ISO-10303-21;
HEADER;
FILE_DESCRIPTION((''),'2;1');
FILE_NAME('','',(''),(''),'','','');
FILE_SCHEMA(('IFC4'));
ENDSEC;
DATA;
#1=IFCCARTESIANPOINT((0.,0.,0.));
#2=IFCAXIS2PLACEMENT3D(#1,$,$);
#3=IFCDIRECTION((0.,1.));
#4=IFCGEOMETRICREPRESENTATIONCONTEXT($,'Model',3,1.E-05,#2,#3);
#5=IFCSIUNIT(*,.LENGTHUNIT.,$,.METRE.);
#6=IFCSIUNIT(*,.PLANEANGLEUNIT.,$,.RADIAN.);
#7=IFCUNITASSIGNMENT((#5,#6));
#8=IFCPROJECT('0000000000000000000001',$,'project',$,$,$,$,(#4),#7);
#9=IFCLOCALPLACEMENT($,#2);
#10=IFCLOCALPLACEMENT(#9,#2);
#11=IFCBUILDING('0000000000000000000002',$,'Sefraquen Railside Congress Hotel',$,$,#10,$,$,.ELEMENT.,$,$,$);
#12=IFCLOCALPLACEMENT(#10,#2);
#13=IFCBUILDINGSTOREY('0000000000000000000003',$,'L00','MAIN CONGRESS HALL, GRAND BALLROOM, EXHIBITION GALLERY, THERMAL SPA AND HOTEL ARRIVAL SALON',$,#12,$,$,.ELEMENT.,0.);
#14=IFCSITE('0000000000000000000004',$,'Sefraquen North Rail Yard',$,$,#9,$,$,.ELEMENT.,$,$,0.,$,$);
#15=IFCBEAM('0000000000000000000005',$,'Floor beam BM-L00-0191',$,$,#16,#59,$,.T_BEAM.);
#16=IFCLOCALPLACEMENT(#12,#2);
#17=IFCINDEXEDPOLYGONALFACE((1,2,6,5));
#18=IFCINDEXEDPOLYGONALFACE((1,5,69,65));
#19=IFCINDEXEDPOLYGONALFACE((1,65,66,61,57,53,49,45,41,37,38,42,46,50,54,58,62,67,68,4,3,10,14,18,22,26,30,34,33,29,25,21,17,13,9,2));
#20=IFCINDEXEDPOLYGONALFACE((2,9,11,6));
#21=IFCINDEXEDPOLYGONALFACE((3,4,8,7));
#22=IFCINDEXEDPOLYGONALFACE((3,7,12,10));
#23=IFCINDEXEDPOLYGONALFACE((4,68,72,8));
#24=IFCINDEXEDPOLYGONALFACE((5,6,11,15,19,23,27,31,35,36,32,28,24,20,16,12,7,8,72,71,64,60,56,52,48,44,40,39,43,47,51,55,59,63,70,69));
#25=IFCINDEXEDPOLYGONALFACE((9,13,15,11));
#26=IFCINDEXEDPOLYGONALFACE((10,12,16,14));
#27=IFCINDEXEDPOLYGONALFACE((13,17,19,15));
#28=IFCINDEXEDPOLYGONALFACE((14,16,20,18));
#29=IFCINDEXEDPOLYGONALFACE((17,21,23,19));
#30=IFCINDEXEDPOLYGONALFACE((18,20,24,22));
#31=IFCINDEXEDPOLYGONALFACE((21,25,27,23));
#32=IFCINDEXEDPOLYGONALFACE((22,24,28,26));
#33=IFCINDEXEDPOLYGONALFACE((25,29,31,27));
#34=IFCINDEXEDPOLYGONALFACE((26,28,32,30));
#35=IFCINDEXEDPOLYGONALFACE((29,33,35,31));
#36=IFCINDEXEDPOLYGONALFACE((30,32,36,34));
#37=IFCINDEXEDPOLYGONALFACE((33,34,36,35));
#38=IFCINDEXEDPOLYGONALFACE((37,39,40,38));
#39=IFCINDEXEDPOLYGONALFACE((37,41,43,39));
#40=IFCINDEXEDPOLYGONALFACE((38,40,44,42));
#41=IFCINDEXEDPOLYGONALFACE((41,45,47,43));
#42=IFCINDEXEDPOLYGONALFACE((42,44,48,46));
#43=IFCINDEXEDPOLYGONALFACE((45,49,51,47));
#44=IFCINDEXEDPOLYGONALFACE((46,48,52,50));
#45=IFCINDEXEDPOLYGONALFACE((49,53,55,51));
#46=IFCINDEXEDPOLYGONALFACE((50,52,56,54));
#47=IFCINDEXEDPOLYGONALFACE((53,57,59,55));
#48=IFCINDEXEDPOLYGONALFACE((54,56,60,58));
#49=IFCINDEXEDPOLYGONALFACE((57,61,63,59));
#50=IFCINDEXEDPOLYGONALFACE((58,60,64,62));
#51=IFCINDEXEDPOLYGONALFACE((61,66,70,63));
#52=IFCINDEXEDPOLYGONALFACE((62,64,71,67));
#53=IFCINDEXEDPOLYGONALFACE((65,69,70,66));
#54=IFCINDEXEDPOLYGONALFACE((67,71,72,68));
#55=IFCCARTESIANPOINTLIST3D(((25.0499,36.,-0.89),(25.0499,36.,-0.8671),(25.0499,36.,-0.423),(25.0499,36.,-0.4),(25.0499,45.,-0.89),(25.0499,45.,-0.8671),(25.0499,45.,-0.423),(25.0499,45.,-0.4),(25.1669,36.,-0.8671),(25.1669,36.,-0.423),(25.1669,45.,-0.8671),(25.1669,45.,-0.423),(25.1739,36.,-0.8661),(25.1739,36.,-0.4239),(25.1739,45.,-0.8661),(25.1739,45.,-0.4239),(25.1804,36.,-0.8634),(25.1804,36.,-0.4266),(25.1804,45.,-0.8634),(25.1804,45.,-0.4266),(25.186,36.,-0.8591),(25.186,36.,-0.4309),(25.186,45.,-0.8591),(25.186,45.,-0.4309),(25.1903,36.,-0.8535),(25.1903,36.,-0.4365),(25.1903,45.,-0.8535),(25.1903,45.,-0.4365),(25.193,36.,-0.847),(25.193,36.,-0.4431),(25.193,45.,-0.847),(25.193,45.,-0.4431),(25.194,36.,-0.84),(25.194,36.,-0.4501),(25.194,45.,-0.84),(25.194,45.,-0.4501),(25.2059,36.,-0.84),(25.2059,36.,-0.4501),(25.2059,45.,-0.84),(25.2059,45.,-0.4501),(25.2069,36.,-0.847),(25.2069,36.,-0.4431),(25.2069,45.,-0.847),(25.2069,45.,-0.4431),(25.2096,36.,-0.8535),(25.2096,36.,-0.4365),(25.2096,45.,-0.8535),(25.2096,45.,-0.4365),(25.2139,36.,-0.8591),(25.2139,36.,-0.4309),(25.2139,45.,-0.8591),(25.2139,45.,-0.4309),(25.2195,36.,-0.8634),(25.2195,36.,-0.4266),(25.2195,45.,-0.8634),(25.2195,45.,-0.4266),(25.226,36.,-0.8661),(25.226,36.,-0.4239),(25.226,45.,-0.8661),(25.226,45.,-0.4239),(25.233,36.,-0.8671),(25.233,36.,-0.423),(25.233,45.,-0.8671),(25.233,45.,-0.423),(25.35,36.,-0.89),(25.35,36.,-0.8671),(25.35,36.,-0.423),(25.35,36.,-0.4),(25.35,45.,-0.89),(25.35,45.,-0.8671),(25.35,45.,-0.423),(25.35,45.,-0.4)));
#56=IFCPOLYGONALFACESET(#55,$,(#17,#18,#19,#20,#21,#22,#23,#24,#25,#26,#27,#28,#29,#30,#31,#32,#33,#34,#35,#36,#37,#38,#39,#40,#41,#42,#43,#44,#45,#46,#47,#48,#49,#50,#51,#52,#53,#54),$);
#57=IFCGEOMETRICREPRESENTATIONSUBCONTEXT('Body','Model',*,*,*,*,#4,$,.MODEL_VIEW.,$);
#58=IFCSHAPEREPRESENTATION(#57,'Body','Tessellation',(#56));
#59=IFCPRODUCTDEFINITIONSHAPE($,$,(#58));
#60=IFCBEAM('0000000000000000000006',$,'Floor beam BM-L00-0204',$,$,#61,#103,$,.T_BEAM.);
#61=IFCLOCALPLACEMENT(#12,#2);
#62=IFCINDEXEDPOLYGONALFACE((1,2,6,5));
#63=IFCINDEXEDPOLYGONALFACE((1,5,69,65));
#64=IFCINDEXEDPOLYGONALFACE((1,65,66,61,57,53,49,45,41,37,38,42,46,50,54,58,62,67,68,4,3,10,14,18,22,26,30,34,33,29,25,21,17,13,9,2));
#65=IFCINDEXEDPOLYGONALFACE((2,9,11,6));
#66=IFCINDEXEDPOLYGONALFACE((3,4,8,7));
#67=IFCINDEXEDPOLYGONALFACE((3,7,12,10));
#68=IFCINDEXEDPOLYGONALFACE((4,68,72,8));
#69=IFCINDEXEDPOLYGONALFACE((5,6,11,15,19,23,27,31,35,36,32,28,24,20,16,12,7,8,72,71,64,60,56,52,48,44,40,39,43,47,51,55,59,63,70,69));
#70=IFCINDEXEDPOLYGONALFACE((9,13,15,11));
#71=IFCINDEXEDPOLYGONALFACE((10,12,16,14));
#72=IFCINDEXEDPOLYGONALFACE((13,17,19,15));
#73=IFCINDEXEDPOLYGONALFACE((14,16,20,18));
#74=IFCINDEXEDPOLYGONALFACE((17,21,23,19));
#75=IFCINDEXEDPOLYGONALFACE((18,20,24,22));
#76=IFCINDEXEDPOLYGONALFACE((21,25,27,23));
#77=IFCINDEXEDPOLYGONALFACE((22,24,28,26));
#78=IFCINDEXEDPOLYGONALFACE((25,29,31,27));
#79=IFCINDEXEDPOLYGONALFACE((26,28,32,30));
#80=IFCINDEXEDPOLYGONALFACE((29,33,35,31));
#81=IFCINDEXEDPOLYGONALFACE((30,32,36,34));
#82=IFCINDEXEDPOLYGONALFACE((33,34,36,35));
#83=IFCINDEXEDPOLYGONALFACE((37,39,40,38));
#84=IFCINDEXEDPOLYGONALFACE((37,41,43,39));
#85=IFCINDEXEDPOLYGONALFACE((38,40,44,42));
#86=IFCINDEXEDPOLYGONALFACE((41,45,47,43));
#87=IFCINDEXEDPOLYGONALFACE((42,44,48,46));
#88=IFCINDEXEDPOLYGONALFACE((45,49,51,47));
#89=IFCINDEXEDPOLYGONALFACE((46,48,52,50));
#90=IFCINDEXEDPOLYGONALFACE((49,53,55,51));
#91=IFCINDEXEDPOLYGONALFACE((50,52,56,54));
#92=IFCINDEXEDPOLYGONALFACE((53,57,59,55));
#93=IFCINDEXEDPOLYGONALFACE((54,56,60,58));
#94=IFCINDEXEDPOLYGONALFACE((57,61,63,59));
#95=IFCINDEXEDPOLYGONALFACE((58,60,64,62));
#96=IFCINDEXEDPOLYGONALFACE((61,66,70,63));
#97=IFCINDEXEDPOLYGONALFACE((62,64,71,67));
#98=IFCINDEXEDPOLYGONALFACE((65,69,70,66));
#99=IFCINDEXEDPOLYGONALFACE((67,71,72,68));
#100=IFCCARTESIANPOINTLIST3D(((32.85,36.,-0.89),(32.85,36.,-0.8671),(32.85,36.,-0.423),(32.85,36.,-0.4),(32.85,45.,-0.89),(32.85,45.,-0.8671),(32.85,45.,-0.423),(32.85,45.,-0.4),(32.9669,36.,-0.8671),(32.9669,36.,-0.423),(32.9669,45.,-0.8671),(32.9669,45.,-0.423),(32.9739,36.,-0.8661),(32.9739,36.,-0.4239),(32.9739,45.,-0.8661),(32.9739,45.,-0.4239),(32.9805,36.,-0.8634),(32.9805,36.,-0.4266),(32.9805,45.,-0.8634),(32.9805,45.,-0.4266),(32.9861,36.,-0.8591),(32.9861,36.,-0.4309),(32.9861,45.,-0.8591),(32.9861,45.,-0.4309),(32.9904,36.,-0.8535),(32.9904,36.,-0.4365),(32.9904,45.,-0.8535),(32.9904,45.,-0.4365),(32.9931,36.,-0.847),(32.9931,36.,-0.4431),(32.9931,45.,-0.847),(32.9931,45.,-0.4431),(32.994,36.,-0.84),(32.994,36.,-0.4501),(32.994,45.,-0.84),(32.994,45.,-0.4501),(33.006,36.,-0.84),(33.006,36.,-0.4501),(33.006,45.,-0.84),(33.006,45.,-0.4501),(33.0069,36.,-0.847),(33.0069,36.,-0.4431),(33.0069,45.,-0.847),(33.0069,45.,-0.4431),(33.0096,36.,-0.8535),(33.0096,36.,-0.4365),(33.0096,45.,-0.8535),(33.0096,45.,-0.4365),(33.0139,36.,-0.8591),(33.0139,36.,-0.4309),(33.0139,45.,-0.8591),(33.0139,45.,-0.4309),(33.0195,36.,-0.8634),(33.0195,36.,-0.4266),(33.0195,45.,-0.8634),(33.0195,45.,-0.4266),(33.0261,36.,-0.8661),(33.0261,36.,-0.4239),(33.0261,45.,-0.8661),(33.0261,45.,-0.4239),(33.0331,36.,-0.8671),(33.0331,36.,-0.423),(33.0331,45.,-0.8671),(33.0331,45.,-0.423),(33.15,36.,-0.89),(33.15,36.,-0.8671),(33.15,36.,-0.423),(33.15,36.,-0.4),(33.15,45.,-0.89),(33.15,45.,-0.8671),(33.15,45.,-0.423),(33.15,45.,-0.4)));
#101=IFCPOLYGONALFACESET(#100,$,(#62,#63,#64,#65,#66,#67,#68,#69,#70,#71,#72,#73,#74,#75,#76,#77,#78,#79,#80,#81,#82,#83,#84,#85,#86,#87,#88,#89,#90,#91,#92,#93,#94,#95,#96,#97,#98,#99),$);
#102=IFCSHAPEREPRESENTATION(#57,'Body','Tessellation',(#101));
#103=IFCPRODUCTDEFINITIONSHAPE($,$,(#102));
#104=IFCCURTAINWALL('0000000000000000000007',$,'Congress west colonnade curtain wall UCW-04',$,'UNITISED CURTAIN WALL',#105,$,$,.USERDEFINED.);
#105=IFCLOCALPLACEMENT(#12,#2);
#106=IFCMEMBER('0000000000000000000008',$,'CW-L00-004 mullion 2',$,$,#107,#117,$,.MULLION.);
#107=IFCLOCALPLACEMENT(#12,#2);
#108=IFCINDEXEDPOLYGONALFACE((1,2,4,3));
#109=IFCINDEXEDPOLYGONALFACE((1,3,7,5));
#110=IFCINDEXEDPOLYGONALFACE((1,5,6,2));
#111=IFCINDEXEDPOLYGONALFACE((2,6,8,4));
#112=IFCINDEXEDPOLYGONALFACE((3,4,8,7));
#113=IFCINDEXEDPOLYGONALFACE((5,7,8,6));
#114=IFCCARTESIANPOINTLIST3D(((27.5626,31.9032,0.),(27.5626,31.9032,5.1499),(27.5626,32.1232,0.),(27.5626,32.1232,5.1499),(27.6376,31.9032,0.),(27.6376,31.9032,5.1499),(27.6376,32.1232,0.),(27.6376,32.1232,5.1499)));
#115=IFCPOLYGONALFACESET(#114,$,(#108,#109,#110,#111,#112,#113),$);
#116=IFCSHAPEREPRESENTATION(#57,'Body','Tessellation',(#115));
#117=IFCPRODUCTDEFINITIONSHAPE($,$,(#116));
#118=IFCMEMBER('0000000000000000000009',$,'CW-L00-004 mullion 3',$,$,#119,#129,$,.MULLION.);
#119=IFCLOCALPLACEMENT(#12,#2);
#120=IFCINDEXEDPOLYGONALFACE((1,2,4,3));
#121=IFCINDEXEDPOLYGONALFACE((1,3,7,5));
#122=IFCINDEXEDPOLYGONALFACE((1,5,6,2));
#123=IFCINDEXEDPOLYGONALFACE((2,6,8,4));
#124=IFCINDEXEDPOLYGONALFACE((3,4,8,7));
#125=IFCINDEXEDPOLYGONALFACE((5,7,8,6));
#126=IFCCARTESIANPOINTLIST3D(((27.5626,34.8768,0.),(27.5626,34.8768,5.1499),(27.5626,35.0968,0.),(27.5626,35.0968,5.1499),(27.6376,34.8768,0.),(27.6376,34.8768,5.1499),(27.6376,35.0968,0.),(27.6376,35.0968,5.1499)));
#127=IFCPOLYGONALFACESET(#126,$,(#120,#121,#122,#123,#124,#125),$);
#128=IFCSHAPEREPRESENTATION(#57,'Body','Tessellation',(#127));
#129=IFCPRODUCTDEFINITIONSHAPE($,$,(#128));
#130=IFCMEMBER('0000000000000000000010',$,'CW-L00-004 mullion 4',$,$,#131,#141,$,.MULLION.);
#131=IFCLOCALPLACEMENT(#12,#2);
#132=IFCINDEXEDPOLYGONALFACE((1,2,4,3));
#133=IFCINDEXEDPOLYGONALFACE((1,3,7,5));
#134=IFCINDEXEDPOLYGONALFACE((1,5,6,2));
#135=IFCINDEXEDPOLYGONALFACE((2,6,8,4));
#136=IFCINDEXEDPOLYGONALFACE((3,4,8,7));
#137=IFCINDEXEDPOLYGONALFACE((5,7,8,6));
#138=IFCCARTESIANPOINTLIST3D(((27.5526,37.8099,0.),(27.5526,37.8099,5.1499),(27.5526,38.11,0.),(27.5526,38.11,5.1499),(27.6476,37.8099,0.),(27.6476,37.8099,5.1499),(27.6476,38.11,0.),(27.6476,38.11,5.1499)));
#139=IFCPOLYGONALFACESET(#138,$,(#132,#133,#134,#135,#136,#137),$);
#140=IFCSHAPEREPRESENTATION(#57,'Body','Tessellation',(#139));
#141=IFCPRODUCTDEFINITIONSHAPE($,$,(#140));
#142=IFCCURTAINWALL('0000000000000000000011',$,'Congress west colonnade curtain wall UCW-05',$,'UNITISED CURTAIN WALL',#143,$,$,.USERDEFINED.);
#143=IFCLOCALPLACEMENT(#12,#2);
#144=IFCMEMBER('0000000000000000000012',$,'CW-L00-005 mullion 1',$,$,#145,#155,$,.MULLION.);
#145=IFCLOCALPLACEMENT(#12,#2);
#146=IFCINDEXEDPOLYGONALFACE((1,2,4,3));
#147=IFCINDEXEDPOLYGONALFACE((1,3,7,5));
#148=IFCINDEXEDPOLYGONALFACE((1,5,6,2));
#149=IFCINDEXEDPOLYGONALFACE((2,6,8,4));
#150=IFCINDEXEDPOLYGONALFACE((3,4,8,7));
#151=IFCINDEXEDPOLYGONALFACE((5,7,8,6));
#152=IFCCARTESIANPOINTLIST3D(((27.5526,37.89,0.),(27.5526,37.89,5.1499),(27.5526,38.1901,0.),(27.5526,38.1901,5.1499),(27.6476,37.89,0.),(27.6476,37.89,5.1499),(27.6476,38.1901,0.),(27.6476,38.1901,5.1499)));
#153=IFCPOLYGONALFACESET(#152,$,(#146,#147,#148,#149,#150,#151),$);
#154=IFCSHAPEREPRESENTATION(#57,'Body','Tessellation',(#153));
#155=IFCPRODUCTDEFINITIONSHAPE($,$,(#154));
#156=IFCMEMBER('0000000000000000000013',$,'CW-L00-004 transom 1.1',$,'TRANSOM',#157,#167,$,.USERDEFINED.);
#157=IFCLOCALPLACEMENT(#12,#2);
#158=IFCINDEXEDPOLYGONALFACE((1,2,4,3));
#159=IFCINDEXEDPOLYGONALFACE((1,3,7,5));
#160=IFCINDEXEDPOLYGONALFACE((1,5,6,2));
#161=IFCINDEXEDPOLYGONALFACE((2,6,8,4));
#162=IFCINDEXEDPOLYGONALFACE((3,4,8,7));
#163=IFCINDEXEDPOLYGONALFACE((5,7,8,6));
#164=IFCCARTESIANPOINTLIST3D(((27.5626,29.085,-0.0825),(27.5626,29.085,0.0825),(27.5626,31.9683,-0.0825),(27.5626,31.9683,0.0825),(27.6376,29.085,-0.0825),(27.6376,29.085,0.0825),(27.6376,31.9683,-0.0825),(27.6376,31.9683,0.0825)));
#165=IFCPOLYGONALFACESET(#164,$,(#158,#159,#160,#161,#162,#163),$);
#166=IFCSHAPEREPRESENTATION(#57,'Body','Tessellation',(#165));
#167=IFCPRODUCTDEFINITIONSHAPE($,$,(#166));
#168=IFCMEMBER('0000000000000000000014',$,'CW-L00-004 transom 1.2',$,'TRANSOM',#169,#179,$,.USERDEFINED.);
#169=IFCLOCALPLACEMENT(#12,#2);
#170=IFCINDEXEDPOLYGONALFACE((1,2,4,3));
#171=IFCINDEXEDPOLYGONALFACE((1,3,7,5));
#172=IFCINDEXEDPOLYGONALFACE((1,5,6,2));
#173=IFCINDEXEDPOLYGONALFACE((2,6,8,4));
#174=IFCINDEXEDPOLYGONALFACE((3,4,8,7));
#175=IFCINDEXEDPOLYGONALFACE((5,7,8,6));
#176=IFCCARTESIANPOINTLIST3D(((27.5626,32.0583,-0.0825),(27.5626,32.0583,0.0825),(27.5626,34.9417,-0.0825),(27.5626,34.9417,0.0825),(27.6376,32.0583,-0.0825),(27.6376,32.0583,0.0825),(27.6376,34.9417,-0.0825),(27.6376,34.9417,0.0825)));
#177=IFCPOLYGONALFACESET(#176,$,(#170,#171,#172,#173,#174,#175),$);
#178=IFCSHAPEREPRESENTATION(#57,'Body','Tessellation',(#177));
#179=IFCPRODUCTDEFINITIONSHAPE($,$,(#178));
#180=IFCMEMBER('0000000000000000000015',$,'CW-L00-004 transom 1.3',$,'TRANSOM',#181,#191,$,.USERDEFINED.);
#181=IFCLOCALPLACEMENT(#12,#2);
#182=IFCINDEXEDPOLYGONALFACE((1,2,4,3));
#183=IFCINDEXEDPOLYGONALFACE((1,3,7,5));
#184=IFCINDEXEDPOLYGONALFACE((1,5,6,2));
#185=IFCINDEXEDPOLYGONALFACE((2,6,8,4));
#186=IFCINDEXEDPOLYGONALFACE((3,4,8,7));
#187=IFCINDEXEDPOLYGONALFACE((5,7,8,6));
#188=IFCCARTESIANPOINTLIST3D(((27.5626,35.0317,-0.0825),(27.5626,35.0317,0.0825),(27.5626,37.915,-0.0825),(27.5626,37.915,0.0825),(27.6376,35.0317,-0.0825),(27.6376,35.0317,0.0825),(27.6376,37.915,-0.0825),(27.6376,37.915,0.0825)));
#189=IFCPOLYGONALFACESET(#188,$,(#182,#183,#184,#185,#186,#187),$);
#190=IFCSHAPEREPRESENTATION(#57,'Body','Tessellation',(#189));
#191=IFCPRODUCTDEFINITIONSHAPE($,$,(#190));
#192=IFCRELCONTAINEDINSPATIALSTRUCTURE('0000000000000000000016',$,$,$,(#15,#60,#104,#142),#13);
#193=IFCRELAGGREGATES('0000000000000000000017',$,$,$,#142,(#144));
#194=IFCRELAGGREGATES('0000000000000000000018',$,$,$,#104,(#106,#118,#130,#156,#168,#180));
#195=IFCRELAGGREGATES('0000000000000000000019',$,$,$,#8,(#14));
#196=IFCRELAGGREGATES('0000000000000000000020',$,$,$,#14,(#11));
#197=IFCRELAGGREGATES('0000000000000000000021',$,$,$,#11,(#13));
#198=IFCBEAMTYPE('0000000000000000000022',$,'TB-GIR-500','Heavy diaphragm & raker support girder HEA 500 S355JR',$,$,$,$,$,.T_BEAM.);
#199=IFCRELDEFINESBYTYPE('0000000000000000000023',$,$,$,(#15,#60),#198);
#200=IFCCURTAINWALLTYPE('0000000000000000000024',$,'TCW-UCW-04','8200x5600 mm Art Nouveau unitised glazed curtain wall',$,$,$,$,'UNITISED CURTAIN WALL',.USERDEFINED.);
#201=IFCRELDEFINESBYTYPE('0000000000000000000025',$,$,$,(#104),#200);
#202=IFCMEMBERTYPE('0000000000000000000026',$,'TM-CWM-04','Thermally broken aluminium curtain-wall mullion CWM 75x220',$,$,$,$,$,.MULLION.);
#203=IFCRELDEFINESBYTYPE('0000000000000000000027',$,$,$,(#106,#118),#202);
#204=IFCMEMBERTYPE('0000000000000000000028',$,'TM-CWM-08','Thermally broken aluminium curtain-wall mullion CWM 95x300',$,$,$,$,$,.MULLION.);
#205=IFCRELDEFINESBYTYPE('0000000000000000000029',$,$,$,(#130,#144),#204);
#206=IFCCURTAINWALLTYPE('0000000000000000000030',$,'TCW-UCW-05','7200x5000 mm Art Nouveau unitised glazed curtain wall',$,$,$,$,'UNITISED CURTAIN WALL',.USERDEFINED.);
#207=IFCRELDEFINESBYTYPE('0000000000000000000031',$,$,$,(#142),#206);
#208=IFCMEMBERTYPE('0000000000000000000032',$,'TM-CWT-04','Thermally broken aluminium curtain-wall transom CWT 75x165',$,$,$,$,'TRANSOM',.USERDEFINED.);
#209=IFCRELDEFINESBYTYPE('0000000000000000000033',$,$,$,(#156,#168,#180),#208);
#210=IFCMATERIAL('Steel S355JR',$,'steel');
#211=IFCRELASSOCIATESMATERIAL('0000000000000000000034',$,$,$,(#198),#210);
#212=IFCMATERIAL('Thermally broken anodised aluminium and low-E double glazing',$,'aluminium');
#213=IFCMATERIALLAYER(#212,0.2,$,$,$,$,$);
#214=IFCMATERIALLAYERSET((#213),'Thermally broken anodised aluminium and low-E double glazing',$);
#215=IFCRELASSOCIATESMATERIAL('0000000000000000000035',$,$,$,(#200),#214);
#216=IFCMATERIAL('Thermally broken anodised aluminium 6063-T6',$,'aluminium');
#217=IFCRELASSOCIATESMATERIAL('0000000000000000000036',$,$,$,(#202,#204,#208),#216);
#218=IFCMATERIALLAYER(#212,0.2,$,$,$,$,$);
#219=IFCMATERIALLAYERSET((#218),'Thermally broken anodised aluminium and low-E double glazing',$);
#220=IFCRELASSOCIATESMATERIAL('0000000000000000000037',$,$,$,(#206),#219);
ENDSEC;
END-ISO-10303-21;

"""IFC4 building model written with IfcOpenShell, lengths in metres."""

from ifc_helpers import new_model, si_unit, direction, frame, origin, origin_2d, place, context, subcontext, project, spatial, rectangle, i_section, extrude, material, layer, layer_set, material_profile, profile_set, type_object, element, aggregate, save


model = new_model("IFC4")

# Units and contexts
model_context = context("Model", 3, precision=1e-05, world=origin(), true_north=direction((0.0, 1.0)))
body_context = subcontext(model_context, "Body", "Model", "MODEL_VIEW")
ifc_project = project(units=[si_unit("LENGTHUNIT", "METRE"), si_unit("PLANEANGLEUNIT", "RADIAN")], contexts=[model_context])

# Site, building, storey
site_placement = place(None, origin())
site = spatial("IfcSite", under=ifc_project, at=site_placement, Name="Sefraquen North Rail Yard", CompositionType="ELEMENT", RefElevation=0.0)
building_placement = place(site_placement, origin())
building = spatial("IfcBuilding", under=site, at=building_placement, Name="Sefraquen Railside Congress Hotel", CompositionType="ELEMENT")
storey_placement = place(building_placement, origin())
storey = spatial("IfcBuildingStorey", under=building, at=storey_placement, Name="L00", Description="MAIN CONGRESS HALL, GRAND BALLROOM, EXHIBITION GALLERY, THERMAL SPA AND HOTEL ARRIVAL SALON", CompositionType="ELEMENT", Elevation=0.0)

# Shared definitions
ifc_material_1 = material(Name="Steel S355JR", Category="steel")

# Beams
ifc_material_profile_1 = material_profile(ifc_material_1, i_section(OverallWidth=0.3, OverallDepth=0.49, WebThickness=0.012, FlangeThickness=0.0229, FilletRadius=0.0271, at=origin_2d()), Name="HEA 500")
ifc_profile_set_1 = profile_set([ifc_material_profile_1], Name="Steel S355JR")
beam_type_1 = type_object("IfcBeamType", Name="TB-GIR-500", Description="Heavy diaphragm & raker support girder HEA 500 S355JR", PredefinedType="T_BEAM", material=ifc_profile_set_1)
for number, where, z_axis, x_axis, name in (
    (1, (25.2, 36.0, -0.645), (0.0, 1.0, 0.0), (-1.0, 0.0, 0.0), "Floor beam BM-L00-0191"),
    (2, (33.0, 36.0, -0.645), (0.0, 1.0, 0.0), (-1.0, 0.0, 0.0), "Floor beam BM-L00-0204"),
):
    element("IfcBeam", number, at=place(storey_placement, frame(where, z_axis=z_axis, x_axis=x_axis)), inside=storey, type_object=beam_type_1, Name=name, PredefinedType="T_BEAM", context=body_context, shape_type="SweptSolid", body=[
        extrude(i_section(OverallWidth=0.3, OverallDepth=0.49, WebThickness=0.012, FlangeThickness=0.0229, FilletRadius=0.0271, at=origin_2d()), origin(), (0.0, 0.0, 1.0), 9.0),
    ])

# Curtain wall, members
ifc_material_2 = material(Name="Thermally broken anodised aluminium and low-E double glazing", Category="aluminium")
ifc_layer_1 = layer(ifc_material_2, 0.2)
ifc_layer_set_1 = layer_set([ifc_layer_1], Name="Thermally broken anodised aluminium and low-E double glazing")
curtain_wall_type_1 = type_object("IfcCurtainWallType", Name="TCW-UCW-04", Description="8200x5600 mm Art Nouveau unitised glazed curtain wall", ElementType="UNITISED CURTAIN WALL", PredefinedType="USERDEFINED", material=ifc_layer_set_1)
curtain_wall_1_placement = place(storey_placement, origin())
curtain_wall_1 = element("IfcCurtainWall", 3, at=curtain_wall_1_placement, inside=storey, type_object=curtain_wall_type_1, Name="Congress west colonnade curtain wall UCW-04", ObjectType="UNITISED CURTAIN WALL", PredefinedType="USERDEFINED")
ifc_material_3 = material(Name="Thermally broken anodised aluminium 6063-T6", Category="aluminium")
ifc_material_profile_2 = material_profile(ifc_material_3, rectangle(XDim=0.075, YDim=0.22, at=origin_2d()), Name="CWM 75x220")
ifc_profile_set_2 = profile_set([ifc_material_profile_2], Name="Thermally broken anodised aluminium 6063-T6")
member_type_1 = type_object("IfcMemberType", Name="TM-CWM-04", Description="Thermally broken aluminium curtain-wall mullion CWM 75x220", PredefinedType="MULLION", material=ifc_profile_set_2)
member_1_placement = place(storey_placement, frame((27.6001, 32.0132, 0.0), z_axis=(0.0, 0.0, 1.0), x_axis=(1.0, 0.0, 0.0)))
member_1 = element("IfcMember", 4, at=member_1_placement, type_object=member_type_1, Name="CW-L00-004 mullion 2", PredefinedType="MULLION", context=body_context, shape_type="SweptSolid", body=[
    extrude(rectangle(XDim=0.075, YDim=0.22, at=origin_2d()), origin(), (0.0, 0.0, 1.0), 5.1499),
])
member_2_placement = place(storey_placement, frame((27.6001, 34.9868, 0.0), z_axis=(0.0, 0.0, 1.0), x_axis=(1.0, 0.0, 0.0)))
member_2 = element("IfcMember", 5, at=member_2_placement, type_object=member_type_1, Name="CW-L00-004 mullion 3", PredefinedType="MULLION", context=body_context, shape_type="SweptSolid", body=[
    extrude(rectangle(XDim=0.075, YDim=0.22, at=origin_2d()), origin(), (0.0, 0.0, 1.0), 5.1499),
])
ifc_material_profile_3 = material_profile(ifc_material_3, rectangle(XDim=0.095, YDim=0.3, at=origin_2d()), Name="CWM 95x300")
ifc_profile_set_3 = profile_set([ifc_material_profile_3], Name="Thermally broken anodised aluminium 6063-T6")
member_type_2 = type_object("IfcMemberType", Name="TM-CWM-08", Description="Thermally broken aluminium curtain-wall mullion CWM 95x300", PredefinedType="MULLION", material=ifc_profile_set_3)
member_3_placement = place(storey_placement, frame((27.6001, 37.96, 0.0), z_axis=(0.0, 0.0, 1.0), x_axis=(1.0, 0.0, 0.0)))
member_3 = element("IfcMember", 6, at=member_3_placement, type_object=member_type_2, Name="CW-L00-004 mullion 4", PredefinedType="MULLION", context=body_context, shape_type="SweptSolid", body=[
    extrude(rectangle(XDim=0.095, YDim=0.3, at=origin_2d()), origin(), (0.0, 0.0, 1.0), 5.1499),
])

# Curtain wall, member
ifc_layer_2 = layer(ifc_material_2, 0.2)
ifc_layer_set_2 = layer_set([ifc_layer_2], Name="Thermally broken anodised aluminium and low-E double glazing")
curtain_wall_type_2 = type_object("IfcCurtainWallType", Name="TCW-UCW-05", Description="7200x5000 mm Art Nouveau unitised glazed curtain wall", ElementType="UNITISED CURTAIN WALL", PredefinedType="USERDEFINED", material=ifc_layer_set_2)
curtain_wall_2_placement = place(storey_placement, origin())
curtain_wall_2 = element("IfcCurtainWall", 7, at=curtain_wall_2_placement, inside=storey, type_object=curtain_wall_type_2, Name="Congress west colonnade curtain wall UCW-05", ObjectType="UNITISED CURTAIN WALL", PredefinedType="USERDEFINED")
member_4_placement = place(storey_placement, frame((27.6001, 38.04, 0.0), z_axis=(0.0, 0.0, 1.0), x_axis=(1.0, 0.0, 0.0)))
member_4 = element("IfcMember", 8, at=member_4_placement, type_object=member_type_2, Name="CW-L00-005 mullion 1", PredefinedType="MULLION", context=body_context, shape_type="SweptSolid", body=[
    extrude(rectangle(XDim=0.095, YDim=0.3, at=origin_2d()), origin(), (0.0, 0.0, 1.0), 5.1499),
])

# Members
ifc_material_profile_4 = material_profile(ifc_material_3, rectangle(XDim=0.075, YDim=0.165, at=origin_2d()), Name="CWT 75x165")
ifc_profile_set_4 = profile_set([ifc_material_profile_4], Name="Thermally broken anodised aluminium 6063-T6")
member_type_3 = type_object("IfcMemberType", Name="TM-CWT-04", Description="Thermally broken aluminium curtain-wall transom CWT 75x165", ElementType="TRANSOM", PredefinedType="USERDEFINED", material=ifc_profile_set_4)
member_5_placement = place(storey_placement, frame((27.6001, 29.085, 0.0), z_axis=(0.0, 1.0, 0.0), x_axis=(-1.0, 0.0, 0.0)))
member_5 = element("IfcMember", 9, at=member_5_placement, type_object=member_type_3, Name="CW-L00-004 transom 1.1", ObjectType="TRANSOM", PredefinedType="USERDEFINED", context=body_context, shape_type="SweptSolid", body=[
    extrude(rectangle(XDim=0.075, YDim=0.165, at=origin_2d()), origin(), (0.0, 0.0, 1.0), 2.8833),
])
member_6_placement = place(storey_placement, frame((27.6001, 32.0583, 0.0), z_axis=(0.0, 1.0, 0.0), x_axis=(-1.0, 0.0, 0.0)))
member_6 = element("IfcMember", 10, at=member_6_placement, type_object=member_type_3, Name="CW-L00-004 transom 1.2", ObjectType="TRANSOM", PredefinedType="USERDEFINED", context=body_context, shape_type="SweptSolid", body=[
    extrude(rectangle(XDim=0.075, YDim=0.165, at=origin_2d()), origin(), (0.0, 0.0, 1.0), 2.8833),
])
member_7_placement = place(storey_placement, frame((27.6001, 35.0317, 0.0), z_axis=(0.0, 1.0, 0.0), x_axis=(-1.0, 0.0, 0.0)))
member_7 = element("IfcMember", 11, at=member_7_placement, type_object=member_type_3, Name="CW-L00-004 transom 1.3", ObjectType="TRANSOM", PredefinedType="USERDEFINED", context=body_context, shape_type="SweptSolid", body=[
    extrude(rectangle(XDim=0.075, YDim=0.165, at=origin_2d()), origin(), (0.0, 0.0, 1.0), 2.8833),
])
aggregate(curtain_wall_2, [member_4])

aggregate(curtain_wall_1, [member_1, member_2, member_3, member_5, member_6, member_7])

save(model, "model.ifc")
